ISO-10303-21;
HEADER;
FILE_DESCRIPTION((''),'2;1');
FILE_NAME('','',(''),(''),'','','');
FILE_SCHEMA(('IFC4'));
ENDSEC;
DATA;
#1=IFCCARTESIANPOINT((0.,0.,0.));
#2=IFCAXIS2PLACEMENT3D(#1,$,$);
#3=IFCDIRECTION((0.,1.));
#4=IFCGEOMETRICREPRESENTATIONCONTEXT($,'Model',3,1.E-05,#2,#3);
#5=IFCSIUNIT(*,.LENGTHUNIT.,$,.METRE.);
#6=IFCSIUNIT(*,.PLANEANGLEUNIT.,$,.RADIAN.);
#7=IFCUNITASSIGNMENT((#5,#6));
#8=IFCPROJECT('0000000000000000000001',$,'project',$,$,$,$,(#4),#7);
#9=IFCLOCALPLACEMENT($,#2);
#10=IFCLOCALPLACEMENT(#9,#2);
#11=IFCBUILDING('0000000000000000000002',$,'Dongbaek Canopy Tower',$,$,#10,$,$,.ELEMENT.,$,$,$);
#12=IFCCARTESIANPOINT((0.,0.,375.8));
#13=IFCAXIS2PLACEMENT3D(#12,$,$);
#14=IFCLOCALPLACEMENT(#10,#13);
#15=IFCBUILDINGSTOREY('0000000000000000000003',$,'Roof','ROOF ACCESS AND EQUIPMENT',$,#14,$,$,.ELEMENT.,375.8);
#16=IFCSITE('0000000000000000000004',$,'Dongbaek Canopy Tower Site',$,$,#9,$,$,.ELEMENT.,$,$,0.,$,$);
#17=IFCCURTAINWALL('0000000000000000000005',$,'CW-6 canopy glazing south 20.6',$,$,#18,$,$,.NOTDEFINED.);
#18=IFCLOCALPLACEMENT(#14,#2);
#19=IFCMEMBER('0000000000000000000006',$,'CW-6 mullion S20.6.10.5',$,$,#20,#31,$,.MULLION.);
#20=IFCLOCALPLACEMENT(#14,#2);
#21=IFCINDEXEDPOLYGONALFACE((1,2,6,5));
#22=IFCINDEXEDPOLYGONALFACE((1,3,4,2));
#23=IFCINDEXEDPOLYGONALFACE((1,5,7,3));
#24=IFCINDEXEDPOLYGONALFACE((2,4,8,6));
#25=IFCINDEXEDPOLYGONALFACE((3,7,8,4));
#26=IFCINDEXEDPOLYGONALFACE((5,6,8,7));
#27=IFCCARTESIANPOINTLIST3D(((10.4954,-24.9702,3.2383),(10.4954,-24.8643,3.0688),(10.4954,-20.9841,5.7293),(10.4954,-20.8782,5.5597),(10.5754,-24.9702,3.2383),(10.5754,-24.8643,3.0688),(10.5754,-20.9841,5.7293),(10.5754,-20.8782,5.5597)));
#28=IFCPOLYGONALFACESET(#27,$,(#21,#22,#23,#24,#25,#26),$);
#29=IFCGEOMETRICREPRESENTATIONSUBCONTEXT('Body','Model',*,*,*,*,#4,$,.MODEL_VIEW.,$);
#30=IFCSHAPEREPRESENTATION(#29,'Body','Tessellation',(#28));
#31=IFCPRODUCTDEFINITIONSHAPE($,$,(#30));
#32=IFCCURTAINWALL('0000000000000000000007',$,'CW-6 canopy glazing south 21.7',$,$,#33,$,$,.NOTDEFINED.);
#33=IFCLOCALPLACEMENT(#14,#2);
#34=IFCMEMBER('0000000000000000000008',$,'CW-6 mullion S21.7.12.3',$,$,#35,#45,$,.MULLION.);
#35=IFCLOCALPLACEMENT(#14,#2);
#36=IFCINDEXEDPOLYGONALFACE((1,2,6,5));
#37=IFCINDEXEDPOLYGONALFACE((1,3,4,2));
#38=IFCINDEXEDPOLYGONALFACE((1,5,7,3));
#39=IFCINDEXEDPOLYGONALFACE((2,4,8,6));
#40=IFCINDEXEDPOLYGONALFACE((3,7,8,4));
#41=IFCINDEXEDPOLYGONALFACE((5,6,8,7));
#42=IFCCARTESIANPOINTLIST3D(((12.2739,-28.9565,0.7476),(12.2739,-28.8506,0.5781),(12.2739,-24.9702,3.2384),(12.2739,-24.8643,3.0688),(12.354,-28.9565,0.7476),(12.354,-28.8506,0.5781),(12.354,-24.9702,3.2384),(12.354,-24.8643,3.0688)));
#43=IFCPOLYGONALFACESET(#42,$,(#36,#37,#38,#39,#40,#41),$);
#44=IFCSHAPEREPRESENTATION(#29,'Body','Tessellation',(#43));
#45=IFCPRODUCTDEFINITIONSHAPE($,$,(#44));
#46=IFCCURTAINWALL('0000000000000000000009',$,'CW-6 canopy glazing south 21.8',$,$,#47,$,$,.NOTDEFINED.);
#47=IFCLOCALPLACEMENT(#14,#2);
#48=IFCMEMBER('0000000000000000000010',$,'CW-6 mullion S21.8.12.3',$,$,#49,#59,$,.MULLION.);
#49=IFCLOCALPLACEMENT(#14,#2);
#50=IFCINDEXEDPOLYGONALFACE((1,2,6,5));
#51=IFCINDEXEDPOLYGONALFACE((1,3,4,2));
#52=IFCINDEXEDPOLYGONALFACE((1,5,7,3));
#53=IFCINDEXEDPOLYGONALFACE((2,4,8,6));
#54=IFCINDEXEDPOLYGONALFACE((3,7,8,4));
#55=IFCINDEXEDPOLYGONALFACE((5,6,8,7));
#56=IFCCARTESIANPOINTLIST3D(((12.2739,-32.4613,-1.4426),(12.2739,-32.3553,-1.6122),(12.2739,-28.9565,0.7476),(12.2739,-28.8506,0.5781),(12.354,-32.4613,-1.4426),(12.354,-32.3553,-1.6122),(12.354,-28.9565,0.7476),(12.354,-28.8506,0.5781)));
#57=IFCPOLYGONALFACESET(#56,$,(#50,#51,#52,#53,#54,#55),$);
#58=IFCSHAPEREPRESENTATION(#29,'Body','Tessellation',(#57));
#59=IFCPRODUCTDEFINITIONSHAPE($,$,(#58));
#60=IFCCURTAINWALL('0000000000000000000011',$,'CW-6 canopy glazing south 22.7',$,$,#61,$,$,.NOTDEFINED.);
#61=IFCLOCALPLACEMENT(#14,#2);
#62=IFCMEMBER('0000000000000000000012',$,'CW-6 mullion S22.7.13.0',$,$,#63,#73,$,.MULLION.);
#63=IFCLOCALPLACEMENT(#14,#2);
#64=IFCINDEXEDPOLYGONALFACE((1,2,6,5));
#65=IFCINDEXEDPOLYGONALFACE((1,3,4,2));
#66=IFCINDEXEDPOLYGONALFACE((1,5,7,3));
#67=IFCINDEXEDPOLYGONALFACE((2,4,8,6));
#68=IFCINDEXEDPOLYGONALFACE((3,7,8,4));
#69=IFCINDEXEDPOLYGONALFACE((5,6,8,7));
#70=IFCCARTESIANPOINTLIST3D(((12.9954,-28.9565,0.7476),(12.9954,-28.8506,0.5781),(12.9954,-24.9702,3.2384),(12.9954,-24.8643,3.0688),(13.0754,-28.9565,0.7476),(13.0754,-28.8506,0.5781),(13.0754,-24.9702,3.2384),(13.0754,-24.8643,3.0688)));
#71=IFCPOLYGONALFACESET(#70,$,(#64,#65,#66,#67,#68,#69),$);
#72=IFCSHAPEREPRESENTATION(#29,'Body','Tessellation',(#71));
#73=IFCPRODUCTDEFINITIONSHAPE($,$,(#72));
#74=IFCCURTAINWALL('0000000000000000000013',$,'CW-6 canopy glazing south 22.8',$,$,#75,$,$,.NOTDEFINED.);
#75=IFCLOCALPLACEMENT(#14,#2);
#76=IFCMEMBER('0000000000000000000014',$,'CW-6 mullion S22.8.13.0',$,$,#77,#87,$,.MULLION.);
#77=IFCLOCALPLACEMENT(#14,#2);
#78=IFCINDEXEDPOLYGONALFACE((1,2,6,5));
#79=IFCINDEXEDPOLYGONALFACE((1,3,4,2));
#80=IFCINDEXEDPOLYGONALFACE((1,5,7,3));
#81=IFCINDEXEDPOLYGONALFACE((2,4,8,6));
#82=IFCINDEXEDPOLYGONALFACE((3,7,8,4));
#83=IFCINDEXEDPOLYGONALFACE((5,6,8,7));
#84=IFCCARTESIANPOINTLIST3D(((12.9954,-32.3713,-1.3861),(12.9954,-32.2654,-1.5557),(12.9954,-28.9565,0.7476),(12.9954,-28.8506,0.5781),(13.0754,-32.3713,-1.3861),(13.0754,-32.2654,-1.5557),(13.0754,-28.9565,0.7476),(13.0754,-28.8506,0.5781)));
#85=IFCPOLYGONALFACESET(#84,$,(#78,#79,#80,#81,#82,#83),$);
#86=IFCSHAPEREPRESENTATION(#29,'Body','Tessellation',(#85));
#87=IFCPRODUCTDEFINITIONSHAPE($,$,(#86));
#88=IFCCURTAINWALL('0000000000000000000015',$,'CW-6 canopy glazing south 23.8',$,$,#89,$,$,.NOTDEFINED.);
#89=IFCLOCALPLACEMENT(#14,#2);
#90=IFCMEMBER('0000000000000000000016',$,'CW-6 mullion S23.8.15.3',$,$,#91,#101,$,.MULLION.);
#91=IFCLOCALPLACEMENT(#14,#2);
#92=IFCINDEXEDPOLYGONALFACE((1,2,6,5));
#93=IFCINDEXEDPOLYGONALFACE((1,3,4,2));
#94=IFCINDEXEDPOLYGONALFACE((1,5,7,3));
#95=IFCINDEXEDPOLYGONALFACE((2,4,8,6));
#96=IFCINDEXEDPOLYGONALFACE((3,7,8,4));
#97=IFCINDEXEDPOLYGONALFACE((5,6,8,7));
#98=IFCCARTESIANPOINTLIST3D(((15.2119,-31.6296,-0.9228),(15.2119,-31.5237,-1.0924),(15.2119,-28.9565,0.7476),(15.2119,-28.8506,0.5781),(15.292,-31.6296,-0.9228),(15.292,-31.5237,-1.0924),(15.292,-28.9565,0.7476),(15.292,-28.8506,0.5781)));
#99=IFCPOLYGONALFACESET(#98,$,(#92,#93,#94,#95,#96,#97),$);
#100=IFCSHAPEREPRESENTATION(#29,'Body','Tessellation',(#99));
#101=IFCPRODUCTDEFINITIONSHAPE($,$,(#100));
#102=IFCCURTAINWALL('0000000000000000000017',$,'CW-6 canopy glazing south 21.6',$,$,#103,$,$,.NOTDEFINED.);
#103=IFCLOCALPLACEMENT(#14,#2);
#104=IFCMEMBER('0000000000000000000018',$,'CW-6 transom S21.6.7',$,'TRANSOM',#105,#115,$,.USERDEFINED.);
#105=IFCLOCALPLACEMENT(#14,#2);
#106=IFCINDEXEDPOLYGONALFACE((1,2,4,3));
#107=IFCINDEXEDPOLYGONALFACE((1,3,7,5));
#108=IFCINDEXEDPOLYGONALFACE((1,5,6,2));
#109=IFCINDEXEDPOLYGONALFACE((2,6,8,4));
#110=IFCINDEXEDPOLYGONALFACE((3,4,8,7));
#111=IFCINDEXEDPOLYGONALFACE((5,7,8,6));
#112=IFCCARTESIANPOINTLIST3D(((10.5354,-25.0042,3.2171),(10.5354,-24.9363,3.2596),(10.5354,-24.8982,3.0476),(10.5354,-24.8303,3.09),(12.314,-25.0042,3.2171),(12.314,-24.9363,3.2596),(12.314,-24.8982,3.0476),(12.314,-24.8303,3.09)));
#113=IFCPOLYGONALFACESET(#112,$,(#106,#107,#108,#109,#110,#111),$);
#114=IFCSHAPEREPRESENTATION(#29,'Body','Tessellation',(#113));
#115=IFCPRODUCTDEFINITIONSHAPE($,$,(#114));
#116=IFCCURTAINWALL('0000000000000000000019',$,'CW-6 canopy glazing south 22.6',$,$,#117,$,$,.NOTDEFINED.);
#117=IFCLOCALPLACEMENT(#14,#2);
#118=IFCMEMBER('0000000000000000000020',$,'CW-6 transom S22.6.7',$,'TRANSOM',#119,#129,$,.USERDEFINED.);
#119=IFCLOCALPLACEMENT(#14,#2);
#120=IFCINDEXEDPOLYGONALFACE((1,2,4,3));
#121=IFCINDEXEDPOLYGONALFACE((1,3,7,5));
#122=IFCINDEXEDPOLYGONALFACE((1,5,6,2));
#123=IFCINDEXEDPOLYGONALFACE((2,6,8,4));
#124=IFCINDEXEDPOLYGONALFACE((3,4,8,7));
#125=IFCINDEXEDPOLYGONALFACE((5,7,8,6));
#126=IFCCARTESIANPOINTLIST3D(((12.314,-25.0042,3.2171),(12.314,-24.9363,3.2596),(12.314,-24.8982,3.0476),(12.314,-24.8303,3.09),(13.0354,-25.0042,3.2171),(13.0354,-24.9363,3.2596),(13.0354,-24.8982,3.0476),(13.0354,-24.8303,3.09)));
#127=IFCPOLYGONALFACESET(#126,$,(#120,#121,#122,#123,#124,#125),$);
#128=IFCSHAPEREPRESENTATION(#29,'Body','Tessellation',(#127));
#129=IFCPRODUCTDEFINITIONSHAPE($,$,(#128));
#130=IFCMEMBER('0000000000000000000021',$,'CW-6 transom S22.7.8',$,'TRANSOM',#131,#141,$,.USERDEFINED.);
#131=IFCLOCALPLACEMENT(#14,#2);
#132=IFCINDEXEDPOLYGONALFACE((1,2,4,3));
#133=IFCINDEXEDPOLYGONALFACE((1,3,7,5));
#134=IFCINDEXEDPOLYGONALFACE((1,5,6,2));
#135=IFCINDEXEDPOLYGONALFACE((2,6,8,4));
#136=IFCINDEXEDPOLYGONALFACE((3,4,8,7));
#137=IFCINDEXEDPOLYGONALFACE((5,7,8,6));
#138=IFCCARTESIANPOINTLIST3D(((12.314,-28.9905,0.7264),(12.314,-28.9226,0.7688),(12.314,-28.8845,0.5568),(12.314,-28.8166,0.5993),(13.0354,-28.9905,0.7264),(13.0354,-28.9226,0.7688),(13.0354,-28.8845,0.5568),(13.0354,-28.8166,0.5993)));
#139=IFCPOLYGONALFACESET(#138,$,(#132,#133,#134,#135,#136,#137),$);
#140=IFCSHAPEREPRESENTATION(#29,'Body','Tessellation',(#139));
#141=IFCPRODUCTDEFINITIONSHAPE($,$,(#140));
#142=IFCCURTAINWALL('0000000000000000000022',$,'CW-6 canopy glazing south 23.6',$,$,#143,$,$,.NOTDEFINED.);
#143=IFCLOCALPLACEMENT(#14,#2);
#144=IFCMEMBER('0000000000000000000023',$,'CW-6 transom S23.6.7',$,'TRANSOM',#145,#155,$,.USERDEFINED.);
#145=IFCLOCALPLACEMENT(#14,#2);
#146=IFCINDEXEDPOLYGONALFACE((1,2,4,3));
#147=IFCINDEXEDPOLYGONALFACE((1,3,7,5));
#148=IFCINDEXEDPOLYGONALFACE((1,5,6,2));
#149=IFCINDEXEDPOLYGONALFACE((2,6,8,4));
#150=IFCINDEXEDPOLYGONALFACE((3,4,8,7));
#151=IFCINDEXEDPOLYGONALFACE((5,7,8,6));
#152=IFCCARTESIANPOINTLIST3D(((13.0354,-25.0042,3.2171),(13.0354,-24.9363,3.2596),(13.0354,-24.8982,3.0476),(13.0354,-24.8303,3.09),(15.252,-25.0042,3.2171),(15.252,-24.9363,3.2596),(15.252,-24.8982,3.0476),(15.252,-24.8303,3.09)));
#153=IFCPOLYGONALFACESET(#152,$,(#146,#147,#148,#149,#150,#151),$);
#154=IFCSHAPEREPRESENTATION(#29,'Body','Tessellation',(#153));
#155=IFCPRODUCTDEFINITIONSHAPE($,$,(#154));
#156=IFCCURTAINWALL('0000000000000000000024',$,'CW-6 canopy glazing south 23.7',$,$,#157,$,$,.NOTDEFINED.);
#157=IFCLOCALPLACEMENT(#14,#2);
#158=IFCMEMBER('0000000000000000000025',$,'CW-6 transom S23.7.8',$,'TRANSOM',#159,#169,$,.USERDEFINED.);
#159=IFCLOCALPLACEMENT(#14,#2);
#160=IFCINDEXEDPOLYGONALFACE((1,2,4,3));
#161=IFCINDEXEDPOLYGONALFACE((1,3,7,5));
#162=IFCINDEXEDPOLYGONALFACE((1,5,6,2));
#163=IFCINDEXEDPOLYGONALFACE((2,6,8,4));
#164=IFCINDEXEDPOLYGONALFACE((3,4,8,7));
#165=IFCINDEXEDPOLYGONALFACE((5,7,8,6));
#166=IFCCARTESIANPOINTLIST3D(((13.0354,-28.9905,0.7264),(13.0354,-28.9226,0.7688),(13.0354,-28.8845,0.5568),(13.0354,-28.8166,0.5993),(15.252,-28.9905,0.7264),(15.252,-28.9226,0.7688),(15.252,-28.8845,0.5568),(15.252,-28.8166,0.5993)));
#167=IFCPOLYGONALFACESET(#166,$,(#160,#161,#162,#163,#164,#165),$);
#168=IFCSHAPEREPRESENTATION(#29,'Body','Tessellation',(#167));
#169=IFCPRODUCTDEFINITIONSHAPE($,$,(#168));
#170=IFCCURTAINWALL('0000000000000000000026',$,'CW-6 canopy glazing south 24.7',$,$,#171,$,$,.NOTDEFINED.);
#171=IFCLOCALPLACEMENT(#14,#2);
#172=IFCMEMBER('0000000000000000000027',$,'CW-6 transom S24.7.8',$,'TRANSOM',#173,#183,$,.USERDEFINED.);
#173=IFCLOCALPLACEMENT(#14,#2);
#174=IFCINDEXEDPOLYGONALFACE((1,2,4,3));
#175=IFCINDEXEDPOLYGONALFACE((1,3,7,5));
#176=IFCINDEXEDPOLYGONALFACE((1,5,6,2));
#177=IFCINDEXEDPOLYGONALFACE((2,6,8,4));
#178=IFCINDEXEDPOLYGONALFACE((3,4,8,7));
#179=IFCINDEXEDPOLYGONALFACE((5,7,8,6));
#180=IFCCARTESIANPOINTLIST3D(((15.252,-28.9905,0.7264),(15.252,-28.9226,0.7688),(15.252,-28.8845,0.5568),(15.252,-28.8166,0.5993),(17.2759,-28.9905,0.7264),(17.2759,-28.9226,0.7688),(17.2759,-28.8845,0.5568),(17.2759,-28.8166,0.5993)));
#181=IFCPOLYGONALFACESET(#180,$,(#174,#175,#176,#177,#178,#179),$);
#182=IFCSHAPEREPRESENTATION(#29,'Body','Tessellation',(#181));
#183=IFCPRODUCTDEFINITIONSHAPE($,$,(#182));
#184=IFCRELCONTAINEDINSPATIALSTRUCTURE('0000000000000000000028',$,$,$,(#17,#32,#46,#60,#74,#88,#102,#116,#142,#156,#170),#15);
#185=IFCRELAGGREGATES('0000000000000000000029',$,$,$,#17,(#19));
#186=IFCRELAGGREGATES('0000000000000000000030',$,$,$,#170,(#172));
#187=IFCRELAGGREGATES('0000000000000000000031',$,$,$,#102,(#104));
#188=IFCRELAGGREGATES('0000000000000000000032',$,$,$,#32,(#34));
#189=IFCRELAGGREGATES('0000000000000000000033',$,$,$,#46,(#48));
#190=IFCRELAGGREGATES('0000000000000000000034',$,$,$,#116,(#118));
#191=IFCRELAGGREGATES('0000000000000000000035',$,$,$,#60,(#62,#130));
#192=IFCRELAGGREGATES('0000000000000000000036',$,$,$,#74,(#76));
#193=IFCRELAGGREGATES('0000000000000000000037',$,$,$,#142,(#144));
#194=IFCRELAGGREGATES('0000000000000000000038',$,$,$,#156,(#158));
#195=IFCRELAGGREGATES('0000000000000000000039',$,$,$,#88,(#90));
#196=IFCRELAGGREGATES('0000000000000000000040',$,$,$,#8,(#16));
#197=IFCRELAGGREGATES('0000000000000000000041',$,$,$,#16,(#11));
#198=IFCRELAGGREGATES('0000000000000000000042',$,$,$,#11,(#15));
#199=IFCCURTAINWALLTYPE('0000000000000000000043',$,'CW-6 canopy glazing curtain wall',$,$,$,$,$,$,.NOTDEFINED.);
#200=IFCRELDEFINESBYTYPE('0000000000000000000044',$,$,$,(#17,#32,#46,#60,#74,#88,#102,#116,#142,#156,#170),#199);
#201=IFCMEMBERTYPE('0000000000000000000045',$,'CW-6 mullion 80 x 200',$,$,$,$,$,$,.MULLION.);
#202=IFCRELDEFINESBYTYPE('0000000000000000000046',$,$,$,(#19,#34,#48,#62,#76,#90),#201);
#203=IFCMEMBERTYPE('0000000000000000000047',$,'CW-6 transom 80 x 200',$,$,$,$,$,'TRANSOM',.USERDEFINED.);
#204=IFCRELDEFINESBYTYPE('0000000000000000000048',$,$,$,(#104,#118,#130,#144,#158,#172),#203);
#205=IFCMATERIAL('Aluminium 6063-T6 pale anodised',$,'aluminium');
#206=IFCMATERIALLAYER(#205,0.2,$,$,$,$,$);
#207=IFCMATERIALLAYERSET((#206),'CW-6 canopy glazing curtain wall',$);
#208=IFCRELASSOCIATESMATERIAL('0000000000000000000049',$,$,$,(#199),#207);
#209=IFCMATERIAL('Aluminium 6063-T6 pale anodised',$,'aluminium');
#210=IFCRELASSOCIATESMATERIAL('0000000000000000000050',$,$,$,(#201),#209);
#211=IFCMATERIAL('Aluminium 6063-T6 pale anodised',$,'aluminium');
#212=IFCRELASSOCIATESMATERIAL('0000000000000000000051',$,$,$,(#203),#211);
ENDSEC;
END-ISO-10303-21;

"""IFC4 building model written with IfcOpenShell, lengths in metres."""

from ifc_helpers import new_model, si_unit, direction, frame, origin, origin_2d, place, context, subcontext, project, spatial, rectangle, extrude, material, layer, layer_set, material_profile, profile_set, type_object, element, aggregate, save


model = new_model("IFC4")

# Units and contexts
model_context = context("Model", 3, precision=1e-05, world=origin(), true_north=direction((0.0, 1.0)))
body_context = subcontext(model_context, "Body", "Model", "MODEL_VIEW")
ifc_project = project(units=[si_unit("LENGTHUNIT", "METRE"), si_unit("PLANEANGLEUNIT", "RADIAN")], contexts=[model_context])

# Site, building, storey
site_placement = place(None, origin())
site = spatial("IfcSite", under=ifc_project, at=site_placement, Name="Dongbaek Canopy Tower Site", CompositionType="ELEMENT", RefElevation=0.0)
building_placement = place(site_placement, origin())
building = spatial("IfcBuilding", under=site, at=building_placement, Name="Dongbaek Canopy Tower", CompositionType="ELEMENT")
storey_placement = place(building_placement, frame((0.0, 0.0, 375.8)))
storey = spatial("IfcBuildingStorey", under=building, at=storey_placement, Name="Roof", Description="ROOF ACCESS AND EQUIPMENT", CompositionType="ELEMENT", Elevation=375.8)

# Curtain walls, members
ifc_material_1 = material(Name="Aluminium 6063-T6 pale anodised", Category="aluminium")
ifc_layer_1 = layer(ifc_material_1, 0.2)
ifc_layer_set_1 = layer_set([ifc_layer_1], Name="CW-6 canopy glazing curtain wall")
curtain_wall_type = type_object("IfcCurtainWallType", Name="CW-6 canopy glazing curtain wall", PredefinedType="NOTDEFINED", material=ifc_layer_set_1)
curtain_wall_1_placement = place(storey_placement, origin())
curtain_wall_1 = element("IfcCurtainWall", 1, at=curtain_wall_1_placement, inside=storey, type_object=curtain_wall_type, Name="CW-6 canopy glazing south 20.6", PredefinedType="NOTDEFINED")
ifc_material_2 = material(Name="Aluminium 6063-T6 pale anodised", Category="aluminium")
ifc_material_profile_1 = material_profile(ifc_material_2, rectangle(XDim=0.0801, YDim=0.2, at=origin_2d()), Name="CW-6 mullion 80 x 200")
ifc_profile_set_1 = profile_set([ifc_material_profile_1], Name="Aluminium 6063-T6 pale anodised")
member_type_1 = type_object("IfcMemberType", Name="CW-6 mullion 80 x 200", PredefinedType="MULLION", material=ifc_profile_set_1)
member_1_placement = place(storey_placement, frame((10.5354, -20.9312, 5.6445), z_axis=(0.0, -0.84803, -0.529948), x_axis=(1.0, 0.0, 0.0)))
member_1 = element("IfcMember", 2, at=member_1_placement, type_object=member_type_1, Name="CW-6 mullion S20.6.10.5", PredefinedType="MULLION", context=body_context, shape_type="SweptSolid", body=[
    extrude(rectangle(XDim=0.0801, YDim=0.2, at=origin_2d()), origin(), (0.0, 0.0, 1.0), 4.7004),
])
aggregate(curtain_wall_1, [member_1])
curtain_wall_2_placement = place(storey_placement, origin())
curtain_wall_2 = element("IfcCurtainWall", 3, at=curtain_wall_2_placement, inside=storey, type_object=curtain_wall_type, Name="CW-6 canopy glazing south 21.7", PredefinedType="NOTDEFINED")
member_2_placement = place(storey_placement, frame((12.314, -24.9172, 3.1536), z_axis=(0.0, -0.848068, -0.529887), x_axis=(1.0, 0.0, 0.0)))
member_2 = element("IfcMember", 4, at=member_2_placement, type_object=member_type_1, Name="CW-6 mullion S21.7.12.3", PredefinedType="MULLION", context=body_context, shape_type="SweptSolid", body=[
    extrude(rectangle(XDim=0.0801, YDim=0.2, at=origin_2d()), origin(), (0.0, 0.0, 1.0), 4.7004),
])
curtain_wall_3_placement = place(storey_placement, origin())
curtain_wall_3 = element("IfcCurtainWall", 5, at=curtain_wall_3_placement, inside=storey, type_object=curtain_wall_type, Name="CW-6 canopy glazing south 21.8", PredefinedType="NOTDEFINED")
member_3_placement = place(storey_placement, frame((12.314, -28.9036, 0.6628), z_axis=(0.0, -0.848022, -0.529962), x_axis=(1.0, 0.0, 0.0)))
member_3 = element("IfcMember", 6, at=member_3_placement, type_object=member_type_1, Name="CW-6 mullion S21.8.12.3", PredefinedType="MULLION", context=body_context, shape_type="SweptSolid", body=[
    extrude(rectangle(XDim=0.0801, YDim=0.2, at=origin_2d()), origin(), (0.0, 0.0, 1.0), 4.1328),
])
curtain_wall_4_placement = place(storey_placement, origin())
curtain_wall_4 = element("IfcCurtainWall", 7, at=curtain_wall_4_placement, inside=storey, type_object=curtain_wall_type, Name="CW-6 canopy glazing south 22.7", PredefinedType="NOTDEFINED")
member_4_placement = place(storey_placement, frame((13.0354, -24.9172, 3.1536), z_axis=(0.0, -0.848068, -0.529887), x_axis=(1.0, 0.0, 0.0)))
member_4 = element("IfcMember", 8, at=member_4_placement, type_object=member_type_1, Name="CW-6 mullion S22.7.13.0", PredefinedType="MULLION", context=body_context, shape_type="SweptSolid", body=[
    extrude(rectangle(XDim=0.0801, YDim=0.2, at=origin_2d()), origin(), (0.0, 0.0, 1.0), 4.7004),
])
curtain_wall_5_placement = place(storey_placement, origin())
curtain_wall_5 = element("IfcCurtainWall", 9, at=curtain_wall_5_placement, inside=storey, type_object=curtain_wall_type, Name="CW-6 canopy glazing south 22.8", PredefinedType="NOTDEFINED")
member_5_placement = place(storey_placement, frame((13.0354, -28.9036, 0.6628), z_axis=(0.0, -0.848049, -0.529917), x_axis=(1.0, 0.0, 0.0)))
member_5 = element("IfcMember", 10, at=member_5_placement, type_object=member_type_1, Name="CW-6 mullion S22.8.13.0", PredefinedType="MULLION", context=body_context, shape_type="SweptSolid", body=[
    extrude(rectangle(XDim=0.0801, YDim=0.2, at=origin_2d()), origin(), (0.0, 0.0, 1.0), 4.0266),
])
curtain_wall_6_placement = place(storey_placement, origin())
curtain_wall_6 = element("IfcCurtainWall", 11, at=curtain_wall_6_placement, inside=storey, type_object=curtain_wall_type, Name="CW-6 canopy glazing south 23.8", PredefinedType="NOTDEFINED")
member_6_placement = place(storey_placement, frame((15.252, -28.9036, 0.6628), z_axis=(0.0, -0.848037, -0.529936), x_axis=(1.0, 0.0, 0.0)))
member_6 = element("IfcMember", 12, at=member_6_placement, type_object=member_type_1, Name="CW-6 mullion S23.8.15.3", PredefinedType="MULLION", context=body_context, shape_type="SweptSolid", body=[
    extrude(rectangle(XDim=0.0801, YDim=0.2, at=origin_2d()), origin(), (0.0, 0.0, 1.0), 3.1521),
])
curtain_wall_7_placement = place(storey_placement, origin())
curtain_wall_7 = element("IfcCurtainWall", 13, at=curtain_wall_7_placement, inside=storey, type_object=curtain_wall_type, Name="CW-6 canopy glazing south 21.6", PredefinedType="NOTDEFINED")
ifc_material_3 = material(Name="Aluminium 6063-T6 pale anodised", Category="aluminium")
ifc_material_profile_2 = material_profile(ifc_material_3, rectangle(XDim=0.0801, YDim=0.2, at=origin_2d()), Name="CW-6 transom 80 x 200")
ifc_profile_set_2 = profile_set([ifc_material_profile_2], Name="Aluminium 6063-T6 pale anodised")
member_type_2 = type_object("IfcMemberType", Name="CW-6 transom 80 x 200", ElementType="TRANSOM", PredefinedType="USERDEFINED", material=ifc_profile_set_2)
member_7_placement = place(storey_placement, frame((10.5354, -24.9172, 3.1536), z_axis=(1.0, 0.0, 0.0), x_axis=(0.0, 0.848048, 0.529919)))
member_7 = element("IfcMember", 14, at=member_7_placement, type_object=member_type_2, Name="CW-6 transom S21.6.7", ObjectType="TRANSOM", PredefinedType="USERDEFINED", context=body_context, shape_type="SweptSolid", body=[
    extrude(rectangle(XDim=0.0801, YDim=0.2, at=origin_2d()), origin(), (0.0, 0.0, 1.0), 1.7786),
])
curtain_wall_8_placement = place(storey_placement, origin())
curtain_wall_8 = element("IfcCurtainWall", 15, at=curtain_wall_8_placement, inside=storey, type_object=curtain_wall_type, Name="CW-6 canopy glazing south 22.6", PredefinedType="NOTDEFINED")
member_8_placement = place(storey_placement, frame((12.314, -24.9172, 3.1536), z_axis=(1.0, 0.0, 0.0), x_axis=(0.0, 0.848048, 0.529919)))
member_8 = element("IfcMember", 16, at=member_8_placement, type_object=member_type_2, Name="CW-6 transom S22.6.7", ObjectType="TRANSOM", PredefinedType="USERDEFINED", context=body_context, shape_type="SweptSolid", body=[
    extrude(rectangle(XDim=0.0801, YDim=0.2, at=origin_2d()), origin(), (0.0, 0.0, 1.0), 0.7214),
])

# Member
member_9_placement = place(storey_placement, frame((12.314, -28.9036, 0.6628), z_axis=(1.0, 0.0, 0.0), x_axis=(0.0, 0.848048, 0.529919)))
member_9 = element("IfcMember", 17, at=member_9_placement, type_object=member_type_2, Name="CW-6 transom S22.7.8", ObjectType="TRANSOM", PredefinedType="USERDEFINED", context=body_context, shape_type="SweptSolid", body=[
    extrude(rectangle(XDim=0.0801, YDim=0.2, at=origin_2d()), origin(), (0.0, 0.0, 1.0), 0.7214),
])

# Curtain walls, members
curtain_wall_9_placement = place(storey_placement, origin())
curtain_wall_9 = element("IfcCurtainWall", 18, at=curtain_wall_9_placement, inside=storey, type_object=curtain_wall_type, Name="CW-6 canopy glazing south 23.6", PredefinedType="NOTDEFINED")
member_10_placement = place(storey_placement, frame((13.0354, -24.9172, 3.1536), z_axis=(1.0, 0.0, 0.0), x_axis=(0.0, 0.848048, 0.529919)))
member_10 = element("IfcMember", 19, at=member_10_placement, type_object=member_type_2, Name="CW-6 transom S23.6.7", ObjectType="TRANSOM", PredefinedType="USERDEFINED", context=body_context, shape_type="SweptSolid", body=[
    extrude(rectangle(XDim=0.0801, YDim=0.2, at=origin_2d()), origin(), (0.0, 0.0, 1.0), 2.2166),
])
curtain_wall_10_placement = place(storey_placement, origin())
curtain_wall_10 = element("IfcCurtainWall", 20, at=curtain_wall_10_placement, inside=storey, type_object=curtain_wall_type, Name="CW-6 canopy glazing south 23.7", PredefinedType="NOTDEFINED")
member_11_placement = place(storey_placement, frame((13.0354, -28.9036, 0.6628), z_axis=(1.0, 0.0, 0.0), x_axis=(0.0, 0.848048, 0.529919)))
member_11 = element("IfcMember", 21, at=member_11_placement, type_object=member_type_2, Name="CW-6 transom S23.7.8", ObjectType="TRANSOM", PredefinedType="USERDEFINED", context=body_context, shape_type="SweptSolid", body=[
    extrude(rectangle(XDim=0.0801, YDim=0.2, at=origin_2d()), origin(), (0.0, 0.0, 1.0), 2.2166),
])
curtain_wall_11_placement = place(storey_placement, origin())
curtain_wall_11 = element("IfcCurtainWall", 22, at=curtain_wall_11_placement, inside=storey, type_object=curtain_wall_type, Name="CW-6 canopy glazing south 24.7", PredefinedType="NOTDEFINED")
member_12_placement = place(storey_placement, frame((15.252, -28.9036, 0.6628), z_axis=(1.0, 0.0, 0.0), x_axis=(0.0, 0.848048, 0.529919)))
member_12 = element("IfcMember", 23, at=member_12_placement, type_object=member_type_2, Name="CW-6 transom S24.7.8", ObjectType="TRANSOM", PredefinedType="USERDEFINED", context=body_context, shape_type="SweptSolid", body=[
    extrude(rectangle(XDim=0.0801, YDim=0.2, at=origin_2d()), origin(), (0.0, 0.0, 1.0), 2.0239),
])
aggregate(curtain_wall_11, [member_12])

aggregate(curtain_wall_7, [member_7])
aggregate(curtain_wall_2, [member_2])
aggregate(curtain_wall_3, [member_3])
aggregate(curtain_wall_8, [member_8])
aggregate(curtain_wall_4, [member_4, member_9])
aggregate(curtain_wall_5, [member_5])
aggregate(curtain_wall_9, [member_10])
aggregate(curtain_wall_10, [member_11])
aggregate(curtain_wall_6, [member_6])

save(model, "model.ifc")
